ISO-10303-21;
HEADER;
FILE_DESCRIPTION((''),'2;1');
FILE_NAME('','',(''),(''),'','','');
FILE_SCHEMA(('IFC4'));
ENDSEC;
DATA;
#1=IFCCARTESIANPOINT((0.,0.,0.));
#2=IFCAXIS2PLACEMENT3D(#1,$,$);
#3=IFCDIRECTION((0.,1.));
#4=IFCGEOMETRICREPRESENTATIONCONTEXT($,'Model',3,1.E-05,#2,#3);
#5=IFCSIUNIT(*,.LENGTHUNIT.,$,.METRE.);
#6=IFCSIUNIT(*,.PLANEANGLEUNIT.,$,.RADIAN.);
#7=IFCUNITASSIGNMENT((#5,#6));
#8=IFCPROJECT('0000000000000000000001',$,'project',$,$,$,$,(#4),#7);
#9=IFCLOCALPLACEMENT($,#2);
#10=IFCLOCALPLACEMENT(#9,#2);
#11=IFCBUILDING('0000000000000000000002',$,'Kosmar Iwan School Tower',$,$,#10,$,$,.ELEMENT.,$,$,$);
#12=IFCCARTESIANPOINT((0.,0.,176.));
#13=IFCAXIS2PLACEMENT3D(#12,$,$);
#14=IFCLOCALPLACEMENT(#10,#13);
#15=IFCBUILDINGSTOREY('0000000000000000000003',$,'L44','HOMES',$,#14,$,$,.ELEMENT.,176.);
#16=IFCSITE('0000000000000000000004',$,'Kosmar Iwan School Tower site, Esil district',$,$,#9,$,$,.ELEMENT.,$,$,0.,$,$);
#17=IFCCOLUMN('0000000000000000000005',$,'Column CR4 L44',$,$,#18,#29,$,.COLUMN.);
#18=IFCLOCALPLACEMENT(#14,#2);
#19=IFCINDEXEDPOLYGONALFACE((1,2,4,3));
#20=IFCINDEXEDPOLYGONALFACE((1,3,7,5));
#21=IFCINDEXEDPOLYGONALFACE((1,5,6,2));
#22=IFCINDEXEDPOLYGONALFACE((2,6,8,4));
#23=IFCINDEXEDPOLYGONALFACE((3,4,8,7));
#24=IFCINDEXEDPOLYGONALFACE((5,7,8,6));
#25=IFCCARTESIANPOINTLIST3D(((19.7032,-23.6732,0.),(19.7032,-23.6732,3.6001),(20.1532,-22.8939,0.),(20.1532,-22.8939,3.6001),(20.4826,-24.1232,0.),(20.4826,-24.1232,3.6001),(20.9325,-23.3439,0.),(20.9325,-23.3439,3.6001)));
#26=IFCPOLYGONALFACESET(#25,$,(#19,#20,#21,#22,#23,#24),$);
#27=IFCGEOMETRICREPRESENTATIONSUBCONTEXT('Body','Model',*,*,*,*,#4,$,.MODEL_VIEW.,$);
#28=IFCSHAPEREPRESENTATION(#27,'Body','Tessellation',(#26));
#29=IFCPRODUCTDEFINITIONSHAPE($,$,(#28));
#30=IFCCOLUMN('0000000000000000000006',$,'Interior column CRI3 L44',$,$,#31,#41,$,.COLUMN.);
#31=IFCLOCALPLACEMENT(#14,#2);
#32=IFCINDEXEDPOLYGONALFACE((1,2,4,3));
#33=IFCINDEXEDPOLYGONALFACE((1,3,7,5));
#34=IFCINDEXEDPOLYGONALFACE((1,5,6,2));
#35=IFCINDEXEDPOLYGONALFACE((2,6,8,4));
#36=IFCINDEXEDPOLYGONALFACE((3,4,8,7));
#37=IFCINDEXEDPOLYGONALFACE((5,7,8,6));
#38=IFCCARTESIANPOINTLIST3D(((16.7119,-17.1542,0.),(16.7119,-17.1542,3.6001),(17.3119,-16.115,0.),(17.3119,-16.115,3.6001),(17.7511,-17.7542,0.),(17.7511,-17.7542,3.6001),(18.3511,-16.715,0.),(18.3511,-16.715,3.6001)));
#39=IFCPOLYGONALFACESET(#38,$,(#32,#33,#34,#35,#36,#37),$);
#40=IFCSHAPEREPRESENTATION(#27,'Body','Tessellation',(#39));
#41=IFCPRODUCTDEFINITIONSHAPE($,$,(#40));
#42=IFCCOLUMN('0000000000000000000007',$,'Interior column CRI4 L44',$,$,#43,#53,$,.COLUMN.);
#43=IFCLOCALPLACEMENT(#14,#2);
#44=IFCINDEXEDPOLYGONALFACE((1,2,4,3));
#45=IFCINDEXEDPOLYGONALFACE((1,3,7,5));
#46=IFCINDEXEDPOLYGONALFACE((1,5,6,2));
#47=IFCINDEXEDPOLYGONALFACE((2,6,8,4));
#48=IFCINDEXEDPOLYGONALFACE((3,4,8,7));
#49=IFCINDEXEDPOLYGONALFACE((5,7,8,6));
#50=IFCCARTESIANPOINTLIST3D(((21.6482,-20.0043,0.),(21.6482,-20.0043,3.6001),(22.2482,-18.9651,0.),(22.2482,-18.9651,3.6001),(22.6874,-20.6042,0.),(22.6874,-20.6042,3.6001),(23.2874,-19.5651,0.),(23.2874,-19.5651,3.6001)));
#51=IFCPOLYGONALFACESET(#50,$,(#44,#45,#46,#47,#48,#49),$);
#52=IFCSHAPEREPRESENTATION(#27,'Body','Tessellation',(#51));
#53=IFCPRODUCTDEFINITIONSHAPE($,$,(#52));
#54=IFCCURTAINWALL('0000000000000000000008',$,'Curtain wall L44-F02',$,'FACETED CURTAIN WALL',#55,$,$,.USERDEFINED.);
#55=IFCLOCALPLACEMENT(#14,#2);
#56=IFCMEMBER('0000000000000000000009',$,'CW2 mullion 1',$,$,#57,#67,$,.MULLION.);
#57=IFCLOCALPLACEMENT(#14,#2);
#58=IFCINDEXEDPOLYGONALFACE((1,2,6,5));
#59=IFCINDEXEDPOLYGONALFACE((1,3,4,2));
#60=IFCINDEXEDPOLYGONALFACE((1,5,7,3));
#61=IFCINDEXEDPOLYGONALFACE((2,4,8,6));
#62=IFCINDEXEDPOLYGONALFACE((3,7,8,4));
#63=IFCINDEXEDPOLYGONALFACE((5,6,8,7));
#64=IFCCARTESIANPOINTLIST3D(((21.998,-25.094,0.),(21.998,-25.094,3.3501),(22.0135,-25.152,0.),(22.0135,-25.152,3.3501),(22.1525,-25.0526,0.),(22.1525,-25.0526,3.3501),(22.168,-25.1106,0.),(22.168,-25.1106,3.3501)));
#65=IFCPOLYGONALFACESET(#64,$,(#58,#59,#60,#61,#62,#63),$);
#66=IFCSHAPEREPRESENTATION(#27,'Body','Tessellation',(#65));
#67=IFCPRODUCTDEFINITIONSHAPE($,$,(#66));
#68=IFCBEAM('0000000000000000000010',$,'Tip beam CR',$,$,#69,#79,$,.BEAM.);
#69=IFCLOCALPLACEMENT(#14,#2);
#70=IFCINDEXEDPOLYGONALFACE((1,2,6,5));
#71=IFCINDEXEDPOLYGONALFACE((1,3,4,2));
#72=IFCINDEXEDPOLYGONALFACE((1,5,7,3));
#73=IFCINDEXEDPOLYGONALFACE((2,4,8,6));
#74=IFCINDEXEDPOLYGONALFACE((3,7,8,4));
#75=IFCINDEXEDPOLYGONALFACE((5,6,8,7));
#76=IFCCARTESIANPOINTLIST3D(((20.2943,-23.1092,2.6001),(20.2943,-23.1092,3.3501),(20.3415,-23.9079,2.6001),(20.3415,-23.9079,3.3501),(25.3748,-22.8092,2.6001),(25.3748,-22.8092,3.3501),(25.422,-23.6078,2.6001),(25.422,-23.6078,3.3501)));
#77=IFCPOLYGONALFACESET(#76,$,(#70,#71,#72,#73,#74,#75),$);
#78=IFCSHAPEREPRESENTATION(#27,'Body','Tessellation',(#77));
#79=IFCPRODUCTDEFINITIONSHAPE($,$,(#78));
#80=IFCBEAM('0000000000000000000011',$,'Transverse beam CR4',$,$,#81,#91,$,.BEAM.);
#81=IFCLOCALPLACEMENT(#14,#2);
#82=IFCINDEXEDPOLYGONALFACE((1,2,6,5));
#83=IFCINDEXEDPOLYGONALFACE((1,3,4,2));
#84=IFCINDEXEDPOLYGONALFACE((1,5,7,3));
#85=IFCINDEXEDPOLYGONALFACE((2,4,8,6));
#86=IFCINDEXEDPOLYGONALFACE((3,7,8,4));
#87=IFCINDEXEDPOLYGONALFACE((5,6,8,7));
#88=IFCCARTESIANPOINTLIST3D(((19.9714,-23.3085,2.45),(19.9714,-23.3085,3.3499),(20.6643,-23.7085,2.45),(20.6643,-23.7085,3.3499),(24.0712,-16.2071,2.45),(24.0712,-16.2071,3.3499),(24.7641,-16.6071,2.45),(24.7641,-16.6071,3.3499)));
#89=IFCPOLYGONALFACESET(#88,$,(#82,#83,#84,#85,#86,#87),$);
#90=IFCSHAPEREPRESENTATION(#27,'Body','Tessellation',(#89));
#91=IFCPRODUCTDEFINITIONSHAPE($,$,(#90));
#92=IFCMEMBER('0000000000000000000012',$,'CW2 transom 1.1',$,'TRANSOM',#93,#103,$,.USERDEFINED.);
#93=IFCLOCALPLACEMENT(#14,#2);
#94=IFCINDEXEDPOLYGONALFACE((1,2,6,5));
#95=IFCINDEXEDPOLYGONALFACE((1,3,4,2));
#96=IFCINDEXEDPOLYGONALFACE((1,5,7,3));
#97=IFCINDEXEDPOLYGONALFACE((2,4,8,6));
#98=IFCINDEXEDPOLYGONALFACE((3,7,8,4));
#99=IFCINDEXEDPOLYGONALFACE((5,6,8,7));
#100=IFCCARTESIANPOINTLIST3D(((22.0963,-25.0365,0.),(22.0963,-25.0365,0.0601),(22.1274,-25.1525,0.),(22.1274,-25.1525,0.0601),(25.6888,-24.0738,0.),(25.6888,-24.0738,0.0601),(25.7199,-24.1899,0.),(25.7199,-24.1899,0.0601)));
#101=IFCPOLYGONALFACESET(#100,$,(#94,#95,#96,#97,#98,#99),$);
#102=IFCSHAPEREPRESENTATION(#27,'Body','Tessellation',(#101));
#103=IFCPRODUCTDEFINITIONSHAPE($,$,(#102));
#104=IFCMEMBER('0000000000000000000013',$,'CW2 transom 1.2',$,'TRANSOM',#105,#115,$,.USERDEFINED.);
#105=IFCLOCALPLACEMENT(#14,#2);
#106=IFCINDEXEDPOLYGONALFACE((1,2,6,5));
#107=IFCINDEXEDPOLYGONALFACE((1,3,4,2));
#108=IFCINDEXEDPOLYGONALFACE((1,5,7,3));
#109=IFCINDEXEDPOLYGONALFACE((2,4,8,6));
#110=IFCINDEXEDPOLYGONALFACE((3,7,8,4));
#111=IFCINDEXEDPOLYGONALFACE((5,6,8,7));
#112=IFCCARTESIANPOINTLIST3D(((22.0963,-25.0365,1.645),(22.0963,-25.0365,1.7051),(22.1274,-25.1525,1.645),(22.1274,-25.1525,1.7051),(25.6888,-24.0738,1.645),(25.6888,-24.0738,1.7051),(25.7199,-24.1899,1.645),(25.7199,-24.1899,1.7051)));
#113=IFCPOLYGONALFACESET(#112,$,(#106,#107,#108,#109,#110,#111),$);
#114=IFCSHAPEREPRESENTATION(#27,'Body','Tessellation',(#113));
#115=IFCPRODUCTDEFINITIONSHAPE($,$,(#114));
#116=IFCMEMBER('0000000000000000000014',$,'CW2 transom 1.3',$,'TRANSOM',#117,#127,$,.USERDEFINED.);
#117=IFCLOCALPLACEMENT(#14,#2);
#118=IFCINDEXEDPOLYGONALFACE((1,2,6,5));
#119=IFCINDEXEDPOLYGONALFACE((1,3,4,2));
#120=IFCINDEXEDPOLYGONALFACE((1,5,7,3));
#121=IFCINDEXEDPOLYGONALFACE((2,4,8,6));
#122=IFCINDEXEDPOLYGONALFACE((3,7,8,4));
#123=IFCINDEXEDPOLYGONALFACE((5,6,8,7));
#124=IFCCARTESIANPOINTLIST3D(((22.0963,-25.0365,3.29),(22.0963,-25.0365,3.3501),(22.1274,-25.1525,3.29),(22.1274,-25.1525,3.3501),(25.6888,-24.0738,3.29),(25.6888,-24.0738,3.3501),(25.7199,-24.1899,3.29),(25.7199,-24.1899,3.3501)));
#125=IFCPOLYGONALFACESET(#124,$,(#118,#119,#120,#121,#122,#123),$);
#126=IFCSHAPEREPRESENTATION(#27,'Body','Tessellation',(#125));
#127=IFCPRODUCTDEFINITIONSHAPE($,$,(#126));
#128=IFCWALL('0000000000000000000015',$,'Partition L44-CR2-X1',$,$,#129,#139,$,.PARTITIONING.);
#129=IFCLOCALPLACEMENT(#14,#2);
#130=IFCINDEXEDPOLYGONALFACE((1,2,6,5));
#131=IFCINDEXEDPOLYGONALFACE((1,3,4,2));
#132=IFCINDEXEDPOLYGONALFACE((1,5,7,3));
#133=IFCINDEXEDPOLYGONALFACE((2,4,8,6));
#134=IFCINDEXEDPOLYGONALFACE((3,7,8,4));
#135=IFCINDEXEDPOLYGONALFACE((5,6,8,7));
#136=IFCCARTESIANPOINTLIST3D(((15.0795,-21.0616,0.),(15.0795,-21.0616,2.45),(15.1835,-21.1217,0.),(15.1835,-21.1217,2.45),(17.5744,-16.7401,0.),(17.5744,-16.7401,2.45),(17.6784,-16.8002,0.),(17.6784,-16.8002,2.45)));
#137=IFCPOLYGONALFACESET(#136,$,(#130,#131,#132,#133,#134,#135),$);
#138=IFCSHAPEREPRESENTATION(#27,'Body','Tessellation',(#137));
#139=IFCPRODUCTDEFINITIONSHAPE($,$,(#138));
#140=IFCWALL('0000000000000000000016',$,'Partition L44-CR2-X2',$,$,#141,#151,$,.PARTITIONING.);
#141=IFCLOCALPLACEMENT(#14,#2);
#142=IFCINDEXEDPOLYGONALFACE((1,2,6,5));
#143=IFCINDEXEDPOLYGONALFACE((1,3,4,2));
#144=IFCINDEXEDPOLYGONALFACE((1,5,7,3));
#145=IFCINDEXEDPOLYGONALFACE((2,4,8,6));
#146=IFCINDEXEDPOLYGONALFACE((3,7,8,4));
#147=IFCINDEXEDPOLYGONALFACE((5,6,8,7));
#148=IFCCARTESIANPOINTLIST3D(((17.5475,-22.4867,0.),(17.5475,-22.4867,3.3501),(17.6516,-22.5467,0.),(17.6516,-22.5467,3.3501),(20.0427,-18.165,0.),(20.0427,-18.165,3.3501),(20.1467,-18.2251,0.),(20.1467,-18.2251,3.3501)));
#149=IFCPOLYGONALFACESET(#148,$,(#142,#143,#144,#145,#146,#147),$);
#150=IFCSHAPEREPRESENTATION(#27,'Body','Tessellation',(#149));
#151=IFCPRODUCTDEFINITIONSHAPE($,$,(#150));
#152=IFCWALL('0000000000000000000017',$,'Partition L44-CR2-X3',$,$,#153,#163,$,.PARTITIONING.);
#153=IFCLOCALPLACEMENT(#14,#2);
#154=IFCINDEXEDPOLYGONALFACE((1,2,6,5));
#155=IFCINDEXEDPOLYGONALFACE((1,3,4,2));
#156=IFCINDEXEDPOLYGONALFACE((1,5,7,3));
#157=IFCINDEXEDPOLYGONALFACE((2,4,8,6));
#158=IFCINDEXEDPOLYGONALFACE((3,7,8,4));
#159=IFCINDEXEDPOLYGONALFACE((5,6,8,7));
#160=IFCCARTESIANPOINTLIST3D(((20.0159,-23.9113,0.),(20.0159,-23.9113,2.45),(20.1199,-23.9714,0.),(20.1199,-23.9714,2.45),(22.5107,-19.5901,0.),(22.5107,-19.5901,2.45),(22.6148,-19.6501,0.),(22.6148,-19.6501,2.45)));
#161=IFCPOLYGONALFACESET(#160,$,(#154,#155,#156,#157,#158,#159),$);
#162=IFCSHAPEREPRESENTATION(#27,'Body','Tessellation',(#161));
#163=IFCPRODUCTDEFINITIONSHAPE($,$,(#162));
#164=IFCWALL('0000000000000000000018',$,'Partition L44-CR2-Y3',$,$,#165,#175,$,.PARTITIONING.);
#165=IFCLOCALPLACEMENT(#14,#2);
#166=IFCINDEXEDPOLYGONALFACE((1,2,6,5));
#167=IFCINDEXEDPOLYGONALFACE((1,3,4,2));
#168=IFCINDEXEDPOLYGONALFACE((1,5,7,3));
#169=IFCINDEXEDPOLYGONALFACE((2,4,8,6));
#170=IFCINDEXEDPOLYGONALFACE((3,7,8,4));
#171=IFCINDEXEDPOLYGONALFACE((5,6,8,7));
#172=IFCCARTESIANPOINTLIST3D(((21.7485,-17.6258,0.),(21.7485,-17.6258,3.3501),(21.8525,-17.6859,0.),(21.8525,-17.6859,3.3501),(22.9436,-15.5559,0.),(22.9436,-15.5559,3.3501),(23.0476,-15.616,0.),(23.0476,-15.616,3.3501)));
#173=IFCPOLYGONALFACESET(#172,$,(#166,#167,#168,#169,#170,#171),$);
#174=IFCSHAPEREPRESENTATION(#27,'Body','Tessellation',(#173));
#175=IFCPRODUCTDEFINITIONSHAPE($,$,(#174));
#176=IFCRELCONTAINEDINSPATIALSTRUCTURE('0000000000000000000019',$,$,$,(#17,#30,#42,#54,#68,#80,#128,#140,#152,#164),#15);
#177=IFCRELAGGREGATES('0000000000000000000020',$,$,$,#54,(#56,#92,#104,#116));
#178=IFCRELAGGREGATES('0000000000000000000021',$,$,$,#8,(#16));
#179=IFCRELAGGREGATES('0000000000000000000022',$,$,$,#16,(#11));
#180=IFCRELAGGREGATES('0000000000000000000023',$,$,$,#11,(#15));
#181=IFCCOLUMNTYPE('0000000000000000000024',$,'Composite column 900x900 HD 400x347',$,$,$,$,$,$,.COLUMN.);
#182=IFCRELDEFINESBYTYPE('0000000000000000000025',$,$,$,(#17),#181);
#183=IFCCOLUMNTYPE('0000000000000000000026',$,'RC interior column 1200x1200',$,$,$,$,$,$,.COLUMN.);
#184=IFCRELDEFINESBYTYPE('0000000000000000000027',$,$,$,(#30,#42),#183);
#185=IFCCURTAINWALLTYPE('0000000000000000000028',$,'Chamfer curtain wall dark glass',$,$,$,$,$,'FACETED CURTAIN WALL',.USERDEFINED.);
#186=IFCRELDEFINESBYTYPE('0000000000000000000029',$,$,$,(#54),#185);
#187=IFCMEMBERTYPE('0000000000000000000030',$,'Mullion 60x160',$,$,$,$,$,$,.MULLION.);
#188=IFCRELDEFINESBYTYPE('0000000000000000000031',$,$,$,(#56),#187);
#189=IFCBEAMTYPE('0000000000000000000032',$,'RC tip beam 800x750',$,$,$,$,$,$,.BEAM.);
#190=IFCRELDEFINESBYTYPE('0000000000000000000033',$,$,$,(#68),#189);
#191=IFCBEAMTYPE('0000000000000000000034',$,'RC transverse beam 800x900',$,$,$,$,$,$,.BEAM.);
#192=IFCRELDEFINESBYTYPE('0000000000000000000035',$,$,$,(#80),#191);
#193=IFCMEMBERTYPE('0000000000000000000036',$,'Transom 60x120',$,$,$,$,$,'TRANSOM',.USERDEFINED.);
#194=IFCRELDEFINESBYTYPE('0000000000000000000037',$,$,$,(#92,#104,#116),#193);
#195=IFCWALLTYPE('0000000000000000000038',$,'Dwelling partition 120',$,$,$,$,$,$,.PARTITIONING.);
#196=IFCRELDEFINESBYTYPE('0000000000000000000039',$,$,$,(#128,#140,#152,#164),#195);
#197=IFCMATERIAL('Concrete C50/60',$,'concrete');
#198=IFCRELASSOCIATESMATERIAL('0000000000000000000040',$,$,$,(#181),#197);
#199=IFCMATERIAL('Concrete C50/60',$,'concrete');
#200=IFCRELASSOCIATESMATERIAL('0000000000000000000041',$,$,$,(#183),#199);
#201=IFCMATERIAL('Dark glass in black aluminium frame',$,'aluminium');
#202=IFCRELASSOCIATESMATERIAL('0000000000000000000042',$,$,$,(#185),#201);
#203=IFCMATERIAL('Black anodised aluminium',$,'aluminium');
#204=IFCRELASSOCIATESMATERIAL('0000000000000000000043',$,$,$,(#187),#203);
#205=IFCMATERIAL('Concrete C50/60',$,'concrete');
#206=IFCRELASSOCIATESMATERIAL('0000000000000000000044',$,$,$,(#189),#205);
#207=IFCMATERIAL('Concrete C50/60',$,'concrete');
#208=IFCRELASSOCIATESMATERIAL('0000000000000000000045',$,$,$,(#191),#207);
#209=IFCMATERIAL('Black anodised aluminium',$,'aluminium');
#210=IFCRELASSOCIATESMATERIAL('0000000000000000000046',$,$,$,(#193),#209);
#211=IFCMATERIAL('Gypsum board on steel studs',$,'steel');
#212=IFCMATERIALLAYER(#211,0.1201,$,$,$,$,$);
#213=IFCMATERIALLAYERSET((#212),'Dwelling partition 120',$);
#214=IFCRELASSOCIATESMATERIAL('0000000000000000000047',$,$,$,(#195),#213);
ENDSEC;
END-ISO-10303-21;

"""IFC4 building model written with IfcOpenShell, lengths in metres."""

from ifc_helpers import new_model, si_unit, direction, frame, frame_2d, origin, origin_2d, place, context, subcontext, project, spatial, rectangle, extrude, material, layer, layer_set, material_profile, profile_set, type_object, element, aggregate, save


model = new_model("IFC4")

# Units and contexts
model_context = context("Model", 3, precision=1e-05, world=origin(), true_north=direction((0.0, 1.0)))
body_context = subcontext(model_context, "Body", "Model", "MODEL_VIEW")
ifc_project = project(units=[si_unit("LENGTHUNIT", "METRE"), si_unit("PLANEANGLEUNIT", "RADIAN")], contexts=[model_context])

# Site, building, storey
site_placement = place(None, origin())
site = spatial("IfcSite", under=ifc_project, at=site_placement, Name="Kosmar Iwan School Tower site, Esil district", CompositionType="ELEMENT", RefElevation=0.0)
building_placement = place(site_placement, origin())
building = spatial("IfcBuilding", under=site, at=building_placement, Name="Kosmar Iwan School Tower", CompositionType="ELEMENT")
storey_placement = place(building_placement, frame((0.0, 0.0, 176.0)))
storey = spatial("IfcBuildingStorey", under=building, at=storey_placement, Name="L44", Description="HOMES", CompositionType="ELEMENT", Elevation=176.0)

# Columns
ifc_material_1 = material(Name="Concrete C50/60", Category="concrete")
ifc_material_profile_1 = material_profile(ifc_material_1, rectangle(XDim=0.8999, YDim=0.8999, at=origin_2d()), Name="RC 900x900 + HD 400x347")
ifc_profile_set_1 = profile_set([ifc_material_profile_1], Name="Concrete C50/60")
column_type_1 = type_object("IfcColumnType", Name="Composite column 900x900 HD 400x347", PredefinedType="COLUMN", material=ifc_profile_set_1)
column_placement = place(storey_placement, frame((20.3179, -23.5085, 0.0), z_axis=(0.0, 0.0, 1.0), x_axis=(0.866025, -0.5, 0.0)))
element("IfcColumn", 1, at=column_placement, inside=storey, type_object=column_type_1, Name="Column CR4 L44", PredefinedType="COLUMN", context=body_context, shape_type="SweptSolid", body=[
    extrude(rectangle(XDim=0.8999, YDim=0.8999, at=origin_2d()), origin(), (0.0, 0.0, 1.0), 3.6001),
])
ifc_material_2 = material(Name="Concrete C50/60", Category="concrete")
ifc_material_profile_2 = material_profile(ifc_material_2, rectangle(XDim=1.2, YDim=1.2, at=origin_2d()), Name="RC 1200x1200")
ifc_profile_set_2 = profile_set([ifc_material_profile_2], Name="Concrete C50/60")
column_type_2 = type_object("IfcColumnType", Name="RC interior column 1200x1200", PredefinedType="COLUMN", material=ifc_profile_set_2)
for number, where, z_axis, x_axis, name in (
    (2, (17.5315, -16.9346, 0.0), (0.0, 0.0, 1.0), (0.866025, -0.5, 0.0), "Interior column CRI3 L44"),
    (3, (22.4678, -19.7847, 0.0), (0.0, 0.0, 1.0), (0.866025, -0.5, 0.0), "Interior column CRI4 L44"),
):
    element("IfcColumn", number, at=place(storey_placement, frame(where, z_axis=z_axis, x_axis=x_axis)), inside=storey, type_object=column_type_2, Name=name, PredefinedType="COLUMN", context=body_context, shape_type="SweptSolid", body=[
        extrude(rectangle(XDim=1.2, YDim=1.2, at=origin_2d()), origin(), (0.0, 0.0, 1.0), 3.6001),
    ])

# Curtain wall, member
ifc_material_3 = material(Name="Dark glass in black aluminium frame", Category="aluminium")
curtain_wall_type = type_object("IfcCurtainWallType", Name="Chamfer curtain wall dark glass", ElementType="FACETED CURTAIN WALL", PredefinedType="USERDEFINED", material=ifc_material_3)
curtain_wall_placement = place(storey_placement, origin())
curtain_wall = element("IfcCurtainWall", 4, at=curtain_wall_placement, inside=storey, type_object=curtain_wall_type, Name="Curtain wall L44-F02", ObjectType="FACETED CURTAIN WALL", PredefinedType="USERDEFINED")
ifc_material_4 = material(Name="Black anodised aluminium", Category="aluminium")
ifc_material_profile_3 = material_profile(ifc_material_4, rectangle(XDim=0.0601, YDim=0.1599, at=origin_2d()), Name="MULLION 60x160")
ifc_profile_set_3 = profile_set([ifc_material_profile_3], Name="Black anodised aluminium")
member_type_1 = type_object("IfcMemberType", Name="Mullion 60x160", PredefinedType="MULLION", material=ifc_profile_set_3)
member_1_placement = place(storey_placement, frame((22.083, -25.1023, 0.0), z_axis=(0.0, 0.0, 1.0), x_axis=(-0.258819, 0.965926, 0.0)))
member_1 = element("IfcMember", 5, at=member_1_placement, type_object=member_type_1, Name="CW2 mullion 1", PredefinedType="MULLION", context=body_context, shape_type="SweptSolid", body=[
    extrude(rectangle(XDim=0.0601, YDim=0.1599, at=origin_2d()), origin(), (0.0, 0.0, 1.0), 3.3501),
])

# Beams
ifc_material_5 = material(Name="Concrete C50/60", Category="concrete")
ifc_material_profile_4 = material_profile(ifc_material_5, rectangle(XDim=0.8, YDim=0.75, at=origin_2d()), Name="RC 800x750")
ifc_profile_set_4 = profile_set([ifc_material_profile_4], Name="Concrete C50/60")
beam_type_1 = type_object("IfcBeamType", Name="RC tip beam 800x750", PredefinedType="BEAM", material=ifc_profile_set_4)
beam_1_placement = place(storey_placement, frame((20.3179, -23.5085, 2.9751), z_axis=(0.998261, 0.058955, 0.0), x_axis=(-0.058955, 0.998261, 0.0)))
element("IfcBeam", 6, at=beam_1_placement, inside=storey, type_object=beam_type_1, Name="Tip beam CR", PredefinedType="BEAM", context=body_context, shape_type="SweptSolid", body=[
    extrude(rectangle(XDim=0.8, YDim=0.75, at=origin_2d()), origin(), (0.0, 0.0, 1.0), 5.0894),
])
ifc_material_6 = material(Name="Concrete C50/60", Category="concrete")
ifc_material_profile_5 = material_profile(ifc_material_6, rectangle(XDim=0.8, YDim=0.8999, at=origin_2d()), Name="RC 800x900")
ifc_profile_set_5 = profile_set([ifc_material_profile_5], Name="Concrete C50/60")
beam_type_2 = type_object("IfcBeamType", Name="RC transverse beam 800x900", PredefinedType="BEAM", material=ifc_profile_set_5)
beam_2_placement = place(storey_placement, frame((20.3179, -23.5085, 2.8999), z_axis=(0.499978, 0.866038, 0.0), x_axis=(-0.866038, 0.499978, 0.0)))
element("IfcBeam", 7, at=beam_2_placement, inside=storey, type_object=beam_type_2, Name="Transverse beam CR4", PredefinedType="BEAM", context=body_context, shape_type="SweptSolid", body=[
    extrude(rectangle(XDim=0.8, YDim=0.8999, at=origin_2d()), origin(), (0.0, 0.0, 1.0), 8.2),
])

# Members
ifc_material_7 = material(Name="Black anodised aluminium", Category="aluminium")
ifc_material_profile_6 = material_profile(ifc_material_7, rectangle(XDim=0.1201, YDim=0.0601, at=origin_2d()), Name="TRANSOM 60x120")
ifc_profile_set_6 = profile_set([ifc_material_profile_6], Name="Black anodised aluminium")
member_type_2 = type_object("IfcMemberType", Name="Transom 60x120", ElementType="TRANSOM", PredefinedType="USERDEFINED", material=ifc_profile_set_6)
member_2_placement = place(storey_placement, frame((22.1118, -25.0945, 0.03), z_axis=(0.965924, 0.258827, 0.0), x_axis=(-0.258827, 0.965924, 0.0)))
member_2 = element("IfcMember", 8, at=member_2_placement, type_object=member_type_2, Name="CW2 transom 1.1", ObjectType="TRANSOM", PredefinedType="USERDEFINED", context=body_context, shape_type="SweptSolid", body=[
    extrude(rectangle(XDim=0.1201, YDim=0.0601, at=origin_2d()), origin(), (0.0, 0.0, 1.0), 3.7192),
])
member_3_placement = place(storey_placement, frame((22.1118, -25.0945, 1.675), z_axis=(0.965924, 0.258827, 0.0), x_axis=(-0.258827, 0.965924, 0.0)))
member_3 = element("IfcMember", 9, at=member_3_placement, type_object=member_type_2, Name="CW2 transom 1.2", ObjectType="TRANSOM", PredefinedType="USERDEFINED", context=body_context, shape_type="SweptSolid", body=[
    extrude(rectangle(XDim=0.1201, YDim=0.0601, at=origin_2d()), origin(), (0.0, 0.0, 1.0), 3.7192),
])
member_4_placement = place(storey_placement, frame((22.1118, -25.0945, 3.3201), z_axis=(0.965924, 0.258827, 0.0), x_axis=(-0.258827, 0.965924, 0.0)))
member_4 = element("IfcMember", 10, at=member_4_placement, type_object=member_type_2, Name="CW2 transom 1.3", ObjectType="TRANSOM", PredefinedType="USERDEFINED", context=body_context, shape_type="SweptSolid", body=[
    extrude(rectangle(XDim=0.1201, YDim=0.0601, at=origin_2d()), origin(), (0.0, 0.0, 1.0), 3.7192),
])
aggregate(curtain_wall, [member_1, member_2, member_3, member_4])

# Walls
ifc_material_8 = material(Name="Gypsum board on steel studs", Category="steel")
ifc_layer = layer(ifc_material_8, 0.1201)
ifc_layer_set = layer_set([ifc_layer], Name="Dwelling partition 120")
wall_type = type_object("IfcWallType", Name="Dwelling partition 120", PredefinedType="PARTITIONING", material=ifc_layer_set)
wall_1_placement = place(storey_placement, frame((17.6265, -16.77, 0.0), z_axis=(0.0, 0.0, 1.0), x_axis=(-0.499975, -0.86604, 0.0)))
element("IfcWall", 11, at=wall_1_placement, inside=storey, type_object=wall_type, Name="Partition L44-CR2-X1", PredefinedType="PARTITIONING", context=body_context, shape_type="SweptSolid", body=[
    extrude(rectangle(XDim=4.99, YDim=0.1201, at=frame_2d((2.4951, 0.0))), origin(), (0.0, 0.0, 1.0), 2.45),
])
wall_2_placement = place(storey_placement, frame((20.0947, -18.1951, 0.0), z_axis=(0.0, 0.0, 1.0), x_axis=(-0.500012, -0.866019, 0.0)))
element("IfcWall", 12, at=wall_2_placement, inside=storey, type_object=wall_type, Name="Partition L44-CR2-X2", PredefinedType="PARTITIONING", context=body_context, shape_type="SweptSolid", body=[
    extrude(rectangle(XDim=4.9902, YDim=0.1201, at=frame_2d((2.4951, 0.0))), origin(), (0.0, 0.0, 1.0), 3.3501),
])
wall_3_placement = place(storey_placement, frame((22.5627, -19.6201, 0.0), z_axis=(0.0, 0.0, 1.0), x_axis=(-0.499996, -0.866028, 0.0)))
element("IfcWall", 13, at=wall_3_placement, inside=storey, type_object=wall_type, Name="Partition L44-CR2-X3", PredefinedType="PARTITIONING", context=body_context, shape_type="SweptSolid", body=[
    extrude(rectangle(XDim=4.9897, YDim=0.1201, at=frame_2d((2.4949, 0.0))), origin(), (0.0, 0.0, 1.0), 2.45),
])
wall_4_placement = place(storey_placement, frame((22.9956, -15.5859, 0.0), z_axis=(0.0, 0.0, 1.0), x_axis=(-0.500017, -0.866015, 0.0)))
element("IfcWall", 14, at=wall_4_placement, inside=storey, type_object=wall_type, Name="Partition L44-CR2-Y3", PredefinedType="PARTITIONING", context=body_context, shape_type="SweptSolid", body=[
    extrude(rectangle(XDim=2.3901, YDim=0.1201, at=frame_2d((1.1951, 0.0))), origin(), (0.0, 0.0, 1.0), 3.3501),
])

save(model, "model.ifc")
